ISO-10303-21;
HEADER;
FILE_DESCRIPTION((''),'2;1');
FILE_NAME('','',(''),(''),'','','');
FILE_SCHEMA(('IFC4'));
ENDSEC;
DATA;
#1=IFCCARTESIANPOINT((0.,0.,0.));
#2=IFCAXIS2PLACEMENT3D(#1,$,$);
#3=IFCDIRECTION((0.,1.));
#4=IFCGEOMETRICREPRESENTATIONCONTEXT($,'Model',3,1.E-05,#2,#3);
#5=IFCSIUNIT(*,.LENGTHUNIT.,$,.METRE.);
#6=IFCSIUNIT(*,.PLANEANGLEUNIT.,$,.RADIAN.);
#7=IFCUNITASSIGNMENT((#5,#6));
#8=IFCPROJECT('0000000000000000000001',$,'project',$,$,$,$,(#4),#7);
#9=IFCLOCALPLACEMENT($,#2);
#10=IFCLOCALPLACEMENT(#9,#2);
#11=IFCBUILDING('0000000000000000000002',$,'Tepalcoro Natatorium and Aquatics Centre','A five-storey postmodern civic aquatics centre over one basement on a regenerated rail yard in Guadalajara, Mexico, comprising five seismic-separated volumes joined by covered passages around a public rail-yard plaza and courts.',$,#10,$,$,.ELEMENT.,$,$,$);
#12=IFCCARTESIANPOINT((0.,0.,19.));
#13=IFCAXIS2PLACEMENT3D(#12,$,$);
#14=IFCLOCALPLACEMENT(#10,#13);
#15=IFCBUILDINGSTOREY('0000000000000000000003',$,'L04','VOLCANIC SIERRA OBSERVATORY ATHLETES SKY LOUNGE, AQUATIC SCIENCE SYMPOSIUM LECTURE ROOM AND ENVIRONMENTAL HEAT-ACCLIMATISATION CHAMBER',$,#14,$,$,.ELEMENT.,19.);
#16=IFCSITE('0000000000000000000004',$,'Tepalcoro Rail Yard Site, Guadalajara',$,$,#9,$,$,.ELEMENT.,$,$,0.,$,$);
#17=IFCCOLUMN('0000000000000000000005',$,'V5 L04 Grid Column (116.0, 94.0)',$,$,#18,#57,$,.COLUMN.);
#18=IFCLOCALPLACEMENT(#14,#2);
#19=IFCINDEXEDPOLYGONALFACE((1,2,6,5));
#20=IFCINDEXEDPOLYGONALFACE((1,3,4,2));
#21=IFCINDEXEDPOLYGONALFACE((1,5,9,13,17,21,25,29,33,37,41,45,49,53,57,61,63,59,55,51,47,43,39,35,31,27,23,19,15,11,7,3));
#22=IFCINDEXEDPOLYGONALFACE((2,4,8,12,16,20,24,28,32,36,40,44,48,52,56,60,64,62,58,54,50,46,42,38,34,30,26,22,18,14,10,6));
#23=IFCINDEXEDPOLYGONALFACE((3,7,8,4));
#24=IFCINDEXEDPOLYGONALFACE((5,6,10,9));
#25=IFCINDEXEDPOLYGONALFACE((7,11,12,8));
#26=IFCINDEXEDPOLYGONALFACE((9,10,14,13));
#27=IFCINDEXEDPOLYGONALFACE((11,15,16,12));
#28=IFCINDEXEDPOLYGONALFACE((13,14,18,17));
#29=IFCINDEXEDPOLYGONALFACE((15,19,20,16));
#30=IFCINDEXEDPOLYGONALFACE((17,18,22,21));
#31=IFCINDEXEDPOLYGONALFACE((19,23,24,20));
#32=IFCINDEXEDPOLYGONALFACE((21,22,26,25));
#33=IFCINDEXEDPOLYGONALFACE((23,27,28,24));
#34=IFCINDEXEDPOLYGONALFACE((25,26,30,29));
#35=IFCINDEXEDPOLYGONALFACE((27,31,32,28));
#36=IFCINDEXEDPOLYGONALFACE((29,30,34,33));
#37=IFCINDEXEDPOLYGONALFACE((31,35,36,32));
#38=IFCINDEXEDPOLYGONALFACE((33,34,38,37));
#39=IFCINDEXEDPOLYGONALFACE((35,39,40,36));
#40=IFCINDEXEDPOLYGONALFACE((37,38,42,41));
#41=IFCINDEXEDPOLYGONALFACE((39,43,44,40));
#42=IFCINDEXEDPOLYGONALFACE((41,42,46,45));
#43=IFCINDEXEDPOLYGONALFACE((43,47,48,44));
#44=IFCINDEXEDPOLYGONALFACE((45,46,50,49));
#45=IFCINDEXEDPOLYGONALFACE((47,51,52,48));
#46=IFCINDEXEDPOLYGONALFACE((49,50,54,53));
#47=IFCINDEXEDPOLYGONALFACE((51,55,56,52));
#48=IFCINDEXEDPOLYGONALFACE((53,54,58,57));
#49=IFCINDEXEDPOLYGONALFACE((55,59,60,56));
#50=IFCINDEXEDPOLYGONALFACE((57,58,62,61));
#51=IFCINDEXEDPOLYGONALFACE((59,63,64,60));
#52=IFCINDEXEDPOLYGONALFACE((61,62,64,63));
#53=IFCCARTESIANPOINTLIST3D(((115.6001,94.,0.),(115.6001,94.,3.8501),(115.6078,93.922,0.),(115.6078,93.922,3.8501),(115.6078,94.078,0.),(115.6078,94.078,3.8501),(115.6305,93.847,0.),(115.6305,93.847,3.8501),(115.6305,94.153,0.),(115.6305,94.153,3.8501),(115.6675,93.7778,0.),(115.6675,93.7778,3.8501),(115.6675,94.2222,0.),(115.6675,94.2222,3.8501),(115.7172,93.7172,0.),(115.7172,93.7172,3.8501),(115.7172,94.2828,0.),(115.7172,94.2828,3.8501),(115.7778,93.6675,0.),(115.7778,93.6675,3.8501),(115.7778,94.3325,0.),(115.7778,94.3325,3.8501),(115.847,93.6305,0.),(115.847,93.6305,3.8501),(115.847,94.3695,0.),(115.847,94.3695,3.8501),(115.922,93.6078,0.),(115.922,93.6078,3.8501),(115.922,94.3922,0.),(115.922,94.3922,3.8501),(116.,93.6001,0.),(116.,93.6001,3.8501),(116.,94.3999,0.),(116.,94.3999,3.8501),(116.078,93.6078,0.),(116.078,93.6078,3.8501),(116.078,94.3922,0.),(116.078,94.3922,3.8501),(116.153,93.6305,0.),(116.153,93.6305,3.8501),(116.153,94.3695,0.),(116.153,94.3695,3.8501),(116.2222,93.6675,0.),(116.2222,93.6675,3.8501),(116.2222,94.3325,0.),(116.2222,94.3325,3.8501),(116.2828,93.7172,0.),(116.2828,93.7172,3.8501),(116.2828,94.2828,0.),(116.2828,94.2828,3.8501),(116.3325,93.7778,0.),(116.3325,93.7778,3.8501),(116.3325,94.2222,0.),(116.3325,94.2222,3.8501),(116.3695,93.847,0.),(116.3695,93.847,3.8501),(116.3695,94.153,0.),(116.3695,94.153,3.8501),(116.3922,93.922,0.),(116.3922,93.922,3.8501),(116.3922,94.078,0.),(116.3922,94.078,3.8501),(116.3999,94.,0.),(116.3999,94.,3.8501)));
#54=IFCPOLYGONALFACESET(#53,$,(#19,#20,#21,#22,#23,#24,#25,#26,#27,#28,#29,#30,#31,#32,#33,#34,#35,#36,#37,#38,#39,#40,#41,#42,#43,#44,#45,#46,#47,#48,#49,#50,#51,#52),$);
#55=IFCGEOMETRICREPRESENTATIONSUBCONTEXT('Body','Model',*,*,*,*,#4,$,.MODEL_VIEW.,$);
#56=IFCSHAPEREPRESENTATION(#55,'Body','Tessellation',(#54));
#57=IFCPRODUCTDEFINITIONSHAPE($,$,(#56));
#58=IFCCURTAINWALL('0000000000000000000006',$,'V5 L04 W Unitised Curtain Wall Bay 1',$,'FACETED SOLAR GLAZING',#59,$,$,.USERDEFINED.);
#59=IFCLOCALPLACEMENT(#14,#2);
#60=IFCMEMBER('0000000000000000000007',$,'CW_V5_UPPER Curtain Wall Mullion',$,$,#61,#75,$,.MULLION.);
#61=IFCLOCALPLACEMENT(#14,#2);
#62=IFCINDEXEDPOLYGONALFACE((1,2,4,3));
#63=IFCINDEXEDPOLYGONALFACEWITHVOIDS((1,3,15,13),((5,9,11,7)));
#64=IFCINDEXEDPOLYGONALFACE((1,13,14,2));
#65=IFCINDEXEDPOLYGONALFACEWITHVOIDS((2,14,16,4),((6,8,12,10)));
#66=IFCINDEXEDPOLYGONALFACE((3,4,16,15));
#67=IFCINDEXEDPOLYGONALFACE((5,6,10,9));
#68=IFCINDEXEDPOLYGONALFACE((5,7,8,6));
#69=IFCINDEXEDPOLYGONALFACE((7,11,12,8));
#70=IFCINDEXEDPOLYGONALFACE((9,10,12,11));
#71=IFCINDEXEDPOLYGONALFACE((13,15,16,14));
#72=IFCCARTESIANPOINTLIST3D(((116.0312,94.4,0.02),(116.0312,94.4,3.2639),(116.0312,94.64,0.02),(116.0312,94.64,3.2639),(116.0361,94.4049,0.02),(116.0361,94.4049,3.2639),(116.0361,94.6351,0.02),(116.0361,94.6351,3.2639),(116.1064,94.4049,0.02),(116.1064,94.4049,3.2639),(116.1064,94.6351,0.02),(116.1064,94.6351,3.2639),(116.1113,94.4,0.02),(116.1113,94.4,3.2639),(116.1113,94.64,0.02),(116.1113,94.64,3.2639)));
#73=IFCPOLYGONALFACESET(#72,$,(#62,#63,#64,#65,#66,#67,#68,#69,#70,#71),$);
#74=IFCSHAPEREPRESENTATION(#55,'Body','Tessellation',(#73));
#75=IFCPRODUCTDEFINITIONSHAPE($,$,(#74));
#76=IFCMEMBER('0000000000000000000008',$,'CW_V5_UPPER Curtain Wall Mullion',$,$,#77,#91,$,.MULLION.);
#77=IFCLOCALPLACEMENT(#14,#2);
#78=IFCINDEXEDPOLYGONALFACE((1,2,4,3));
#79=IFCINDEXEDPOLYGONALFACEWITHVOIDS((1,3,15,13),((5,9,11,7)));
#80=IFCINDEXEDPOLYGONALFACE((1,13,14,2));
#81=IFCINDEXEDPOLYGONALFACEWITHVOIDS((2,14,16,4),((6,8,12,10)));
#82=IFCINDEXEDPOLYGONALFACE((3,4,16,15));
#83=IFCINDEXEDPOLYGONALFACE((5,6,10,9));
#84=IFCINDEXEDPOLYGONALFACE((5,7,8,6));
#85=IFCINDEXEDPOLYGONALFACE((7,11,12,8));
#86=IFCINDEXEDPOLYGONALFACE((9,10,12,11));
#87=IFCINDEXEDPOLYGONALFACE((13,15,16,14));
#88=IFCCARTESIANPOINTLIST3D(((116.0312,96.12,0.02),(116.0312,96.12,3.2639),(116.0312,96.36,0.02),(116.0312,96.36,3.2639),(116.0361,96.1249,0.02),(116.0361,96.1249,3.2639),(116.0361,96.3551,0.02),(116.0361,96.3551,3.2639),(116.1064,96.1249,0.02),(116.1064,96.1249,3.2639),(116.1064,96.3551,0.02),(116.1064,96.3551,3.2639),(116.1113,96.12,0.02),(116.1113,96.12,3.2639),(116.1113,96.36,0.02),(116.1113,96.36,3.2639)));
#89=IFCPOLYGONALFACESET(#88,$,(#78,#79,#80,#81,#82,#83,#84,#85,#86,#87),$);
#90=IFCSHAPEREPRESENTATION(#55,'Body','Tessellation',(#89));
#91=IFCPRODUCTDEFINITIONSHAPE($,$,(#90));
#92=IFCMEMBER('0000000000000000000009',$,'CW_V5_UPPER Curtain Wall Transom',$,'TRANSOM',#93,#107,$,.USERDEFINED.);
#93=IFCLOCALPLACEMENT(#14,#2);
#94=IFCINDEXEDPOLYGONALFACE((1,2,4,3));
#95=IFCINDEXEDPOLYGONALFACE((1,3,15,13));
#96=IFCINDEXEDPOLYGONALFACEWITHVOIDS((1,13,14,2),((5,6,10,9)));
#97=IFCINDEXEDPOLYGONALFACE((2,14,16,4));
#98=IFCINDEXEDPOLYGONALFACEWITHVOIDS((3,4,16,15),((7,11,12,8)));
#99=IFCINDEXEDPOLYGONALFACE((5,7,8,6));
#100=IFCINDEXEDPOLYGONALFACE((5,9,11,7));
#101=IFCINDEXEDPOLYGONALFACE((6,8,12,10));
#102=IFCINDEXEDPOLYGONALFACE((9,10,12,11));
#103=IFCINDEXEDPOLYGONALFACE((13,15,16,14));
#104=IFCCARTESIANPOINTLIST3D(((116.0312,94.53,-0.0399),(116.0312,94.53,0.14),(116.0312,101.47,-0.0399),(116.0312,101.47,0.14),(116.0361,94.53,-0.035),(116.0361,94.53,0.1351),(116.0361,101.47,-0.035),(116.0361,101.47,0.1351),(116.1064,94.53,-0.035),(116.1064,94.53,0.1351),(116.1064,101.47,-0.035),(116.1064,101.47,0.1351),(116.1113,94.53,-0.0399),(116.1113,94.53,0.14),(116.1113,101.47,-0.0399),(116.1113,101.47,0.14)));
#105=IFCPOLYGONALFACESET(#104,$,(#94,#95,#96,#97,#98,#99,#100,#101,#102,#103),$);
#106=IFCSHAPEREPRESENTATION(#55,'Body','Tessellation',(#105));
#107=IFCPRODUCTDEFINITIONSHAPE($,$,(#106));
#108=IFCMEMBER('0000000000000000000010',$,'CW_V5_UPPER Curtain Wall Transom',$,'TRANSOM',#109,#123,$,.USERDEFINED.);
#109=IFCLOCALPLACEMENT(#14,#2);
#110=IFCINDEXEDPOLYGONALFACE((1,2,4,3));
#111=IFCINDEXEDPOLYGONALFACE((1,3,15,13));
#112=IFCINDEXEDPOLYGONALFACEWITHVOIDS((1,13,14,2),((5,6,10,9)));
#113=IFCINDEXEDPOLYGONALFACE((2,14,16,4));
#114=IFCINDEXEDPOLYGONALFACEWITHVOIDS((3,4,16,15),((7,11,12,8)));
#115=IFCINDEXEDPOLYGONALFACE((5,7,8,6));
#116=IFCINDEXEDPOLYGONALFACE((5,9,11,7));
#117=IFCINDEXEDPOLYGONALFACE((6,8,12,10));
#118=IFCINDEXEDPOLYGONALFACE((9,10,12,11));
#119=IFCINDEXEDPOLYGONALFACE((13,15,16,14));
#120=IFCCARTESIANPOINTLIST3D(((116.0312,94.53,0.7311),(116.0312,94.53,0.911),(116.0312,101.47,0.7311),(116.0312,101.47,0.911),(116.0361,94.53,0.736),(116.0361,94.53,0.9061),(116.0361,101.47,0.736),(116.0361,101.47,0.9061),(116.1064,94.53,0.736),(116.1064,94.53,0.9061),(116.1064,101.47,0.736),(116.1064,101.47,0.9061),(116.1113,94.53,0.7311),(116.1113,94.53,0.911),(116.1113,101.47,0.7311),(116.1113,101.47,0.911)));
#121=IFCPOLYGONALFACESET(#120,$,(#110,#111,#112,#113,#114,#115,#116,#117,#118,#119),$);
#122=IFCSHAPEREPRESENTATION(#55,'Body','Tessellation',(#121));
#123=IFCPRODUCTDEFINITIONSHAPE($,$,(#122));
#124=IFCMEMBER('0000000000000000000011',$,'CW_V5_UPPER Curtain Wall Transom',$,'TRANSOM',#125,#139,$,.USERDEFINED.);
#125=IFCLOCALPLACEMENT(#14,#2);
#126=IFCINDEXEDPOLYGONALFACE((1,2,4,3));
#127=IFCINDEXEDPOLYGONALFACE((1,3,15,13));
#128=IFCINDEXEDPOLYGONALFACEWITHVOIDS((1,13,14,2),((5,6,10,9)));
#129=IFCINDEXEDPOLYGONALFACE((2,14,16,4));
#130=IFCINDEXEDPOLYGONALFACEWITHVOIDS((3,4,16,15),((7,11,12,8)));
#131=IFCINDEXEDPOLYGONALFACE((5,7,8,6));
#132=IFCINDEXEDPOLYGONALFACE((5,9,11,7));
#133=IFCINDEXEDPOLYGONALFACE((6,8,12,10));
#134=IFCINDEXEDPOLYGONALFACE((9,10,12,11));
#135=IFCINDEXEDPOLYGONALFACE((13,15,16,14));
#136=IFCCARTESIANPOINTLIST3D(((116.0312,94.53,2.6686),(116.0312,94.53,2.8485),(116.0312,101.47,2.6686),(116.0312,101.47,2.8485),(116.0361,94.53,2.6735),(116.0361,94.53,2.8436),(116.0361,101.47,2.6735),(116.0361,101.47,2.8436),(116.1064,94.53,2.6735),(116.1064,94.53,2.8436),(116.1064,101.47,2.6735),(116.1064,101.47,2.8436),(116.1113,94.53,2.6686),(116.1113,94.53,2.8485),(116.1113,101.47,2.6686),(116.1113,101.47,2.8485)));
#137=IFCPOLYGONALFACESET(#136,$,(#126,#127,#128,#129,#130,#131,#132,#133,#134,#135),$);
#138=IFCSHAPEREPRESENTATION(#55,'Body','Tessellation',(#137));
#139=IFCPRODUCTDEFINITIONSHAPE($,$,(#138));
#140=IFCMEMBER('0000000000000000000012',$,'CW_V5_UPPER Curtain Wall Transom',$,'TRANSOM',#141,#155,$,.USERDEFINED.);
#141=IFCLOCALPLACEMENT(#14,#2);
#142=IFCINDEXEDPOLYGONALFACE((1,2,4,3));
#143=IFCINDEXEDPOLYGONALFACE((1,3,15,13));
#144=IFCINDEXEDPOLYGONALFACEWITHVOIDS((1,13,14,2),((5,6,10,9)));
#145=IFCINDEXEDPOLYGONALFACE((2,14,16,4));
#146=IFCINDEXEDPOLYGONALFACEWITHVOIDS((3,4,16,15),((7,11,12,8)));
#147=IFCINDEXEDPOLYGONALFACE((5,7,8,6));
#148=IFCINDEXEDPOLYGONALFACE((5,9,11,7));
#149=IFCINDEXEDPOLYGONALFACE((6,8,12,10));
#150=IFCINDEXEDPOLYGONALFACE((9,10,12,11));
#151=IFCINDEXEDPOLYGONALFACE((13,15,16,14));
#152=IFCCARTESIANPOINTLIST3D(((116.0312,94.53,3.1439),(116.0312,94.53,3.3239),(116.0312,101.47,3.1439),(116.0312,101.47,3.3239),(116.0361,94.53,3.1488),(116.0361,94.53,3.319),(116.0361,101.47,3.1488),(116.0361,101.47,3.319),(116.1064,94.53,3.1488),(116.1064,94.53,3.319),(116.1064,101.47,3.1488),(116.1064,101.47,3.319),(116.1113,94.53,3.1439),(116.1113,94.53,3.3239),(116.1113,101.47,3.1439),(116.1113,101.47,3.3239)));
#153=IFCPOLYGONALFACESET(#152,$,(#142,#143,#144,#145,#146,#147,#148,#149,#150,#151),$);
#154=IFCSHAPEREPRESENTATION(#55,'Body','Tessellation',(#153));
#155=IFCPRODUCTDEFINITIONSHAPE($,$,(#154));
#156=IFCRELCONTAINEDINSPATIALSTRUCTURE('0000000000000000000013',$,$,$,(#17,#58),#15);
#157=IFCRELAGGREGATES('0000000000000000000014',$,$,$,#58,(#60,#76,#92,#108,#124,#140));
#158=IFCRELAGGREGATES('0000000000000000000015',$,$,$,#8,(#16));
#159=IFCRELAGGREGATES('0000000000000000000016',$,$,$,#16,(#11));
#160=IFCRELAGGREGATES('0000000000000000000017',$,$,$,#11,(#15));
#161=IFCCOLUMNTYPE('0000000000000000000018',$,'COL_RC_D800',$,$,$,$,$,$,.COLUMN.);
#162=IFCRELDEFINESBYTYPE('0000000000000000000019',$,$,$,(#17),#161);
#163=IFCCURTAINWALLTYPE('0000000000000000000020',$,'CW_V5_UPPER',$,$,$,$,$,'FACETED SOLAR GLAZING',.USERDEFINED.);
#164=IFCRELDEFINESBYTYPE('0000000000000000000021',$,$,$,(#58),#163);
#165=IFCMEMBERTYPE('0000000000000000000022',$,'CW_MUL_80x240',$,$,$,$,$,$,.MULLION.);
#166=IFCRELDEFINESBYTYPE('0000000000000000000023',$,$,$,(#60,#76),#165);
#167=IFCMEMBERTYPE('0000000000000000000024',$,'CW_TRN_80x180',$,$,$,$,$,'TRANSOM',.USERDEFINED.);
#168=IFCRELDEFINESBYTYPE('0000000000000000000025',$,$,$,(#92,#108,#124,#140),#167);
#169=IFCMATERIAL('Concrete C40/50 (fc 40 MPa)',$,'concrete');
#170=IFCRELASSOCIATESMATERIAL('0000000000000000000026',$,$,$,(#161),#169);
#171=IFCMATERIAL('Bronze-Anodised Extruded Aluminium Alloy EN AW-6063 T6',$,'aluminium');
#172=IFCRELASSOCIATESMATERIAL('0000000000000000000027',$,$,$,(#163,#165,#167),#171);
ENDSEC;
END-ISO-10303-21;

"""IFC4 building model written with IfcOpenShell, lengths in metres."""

from ifc_helpers import new_model, si_unit, direction, frame, origin, origin_2d, place, context, subcontext, project, spatial, hollow_rectangle, circle, extrude, material, material_profile, profile_set, type_object, element, aggregate, save


model = new_model("IFC4")

# Units and contexts
model_context = context("Model", 3, precision=1e-05, world=origin(), true_north=direction((0.0, 1.0)))
body_context = subcontext(model_context, "Body", "Model", "MODEL_VIEW")
ifc_project = project(units=[si_unit("LENGTHUNIT", "METRE"), si_unit("PLANEANGLEUNIT", "RADIAN")], contexts=[model_context])

# Site, building, storey
site_placement = place(None, origin())
site = spatial("IfcSite", under=ifc_project, at=site_placement, Name="Tepalcoro Rail Yard Site, Guadalajara", CompositionType="ELEMENT", RefElevation=0.0)
building_placement = place(site_placement, origin())
building = spatial("IfcBuilding", under=site, at=building_placement, Name="Tepalcoro Natatorium and Aquatics Centre", Description="A five-storey postmodern civic aquatics centre over one basement on a regenerated rail yard in Guadalajara, Mexico, comprising five seismic-separated volumes joined by covered passages around a public rail-yard plaza and courts.", CompositionType="ELEMENT")
storey_placement = place(building_placement, frame((0.0, 0.0, 19.0)))
storey = spatial("IfcBuildingStorey", under=building, at=storey_placement, Name="L04", Description="VOLCANIC SIERRA OBSERVATORY ATHLETES SKY LOUNGE, AQUATIC SCIENCE SYMPOSIUM LECTURE ROOM AND ENVIRONMENTAL HEAT-ACCLIMATISATION CHAMBER", CompositionType="ELEMENT", Elevation=19.0)

# Column
ifc_material_1 = material(Name="Concrete C40/50 (fc 40 MPa)", Category="concrete")
ifc_material_profile_1 = material_profile(ifc_material_1, circle(Radius=0.3999, at=origin_2d()), Name="RCD800")
ifc_profile_set_1 = profile_set([ifc_material_profile_1], Name="Concrete C40/50 (fc 40 MPa)")
column_type = type_object("IfcColumnType", Name="COL_RC_D800", PredefinedType="COLUMN", material=ifc_profile_set_1)
column_placement = place(storey_placement, frame((116.0, 94.0, 0.0), z_axis=(0.0, 0.0, 1.0), x_axis=(1.0, 0.0, 0.0)))
element("IfcColumn", 1, at=column_placement, inside=storey, type_object=column_type, Name="V5 L04 Grid Column (116.0, 94.0)", PredefinedType="COLUMN", context=body_context, shape_type="SweptSolid", body=[
    extrude(circle(Radius=0.3999, at=origin_2d()), origin(), (0.0, 0.0, 1.0), 3.8501),
])

# Curtain wall, members
ifc_material_2 = material(Name="Bronze-Anodised Extruded Aluminium Alloy EN AW-6063 T6", Category="aluminium")
curtain_wall_type = type_object("IfcCurtainWallType", Name="CW_V5_UPPER", ElementType="FACETED SOLAR GLAZING", PredefinedType="USERDEFINED", material=ifc_material_2)
curtain_wall_placement = place(storey_placement, origin())
curtain_wall = element("IfcCurtainWall", 2, at=curtain_wall_placement, inside=storey, type_object=curtain_wall_type, Name="V5 L04 W Unitised Curtain Wall Bay 1", ObjectType="FACETED SOLAR GLAZING", PredefinedType="USERDEFINED")
ifc_material_profile_2 = material_profile(ifc_material_2, hollow_rectangle(XDim=0.0801, YDim=0.24, WallThickness=0.0049, at=origin_2d()), Name="AL80X240X5")
ifc_profile_set_2 = profile_set([ifc_material_profile_2], Name="Bronze-Anodised Extruded Aluminium Alloy EN AW-6063 T6")
member_type_1 = type_object("IfcMemberType", Name="CW_MUL_80x240", PredefinedType="MULLION", material=ifc_profile_set_2)
member_1_placement = place(storey_placement, frame((116.0713, 94.52, 0.02), z_axis=(0.0, 0.0, 1.0), x_axis=(1.0, 0.0, 0.0)))
member_1 = element("IfcMember", 3, at=member_1_placement, type_object=member_type_1, Name="CW_V5_UPPER Curtain Wall Mullion", PredefinedType="MULLION", context=body_context, shape_type="SweptSolid", body=[
    extrude(hollow_rectangle(XDim=0.0801, YDim=0.24, WallThickness=0.0049, at=origin_2d()), origin(), (0.0, 0.0, 1.0), 3.2439),
])
member_2_placement = place(storey_placement, frame((116.0713, 96.24, 0.02), z_axis=(0.0, 0.0, 1.0), x_axis=(1.0, 0.0, 0.0)))
member_2 = element("IfcMember", 4, at=member_2_placement, type_object=member_type_1, Name="CW_V5_UPPER Curtain Wall Mullion", PredefinedType="MULLION", context=body_context, shape_type="SweptSolid", body=[
    extrude(hollow_rectangle(XDim=0.0801, YDim=0.24, WallThickness=0.0049, at=origin_2d()), origin(), (0.0, 0.0, 1.0), 3.2439),
])
ifc_material_profile_3 = material_profile(ifc_material_2, hollow_rectangle(XDim=0.0801, YDim=0.1799, WallThickness=0.0049, at=origin_2d()), Name="AL80X180X5")
ifc_profile_set_3 = profile_set([ifc_material_profile_3], Name="Bronze-Anodised Extruded Aluminium Alloy EN AW-6063 T6")
member_type_2 = type_object("IfcMemberType", Name="CW_TRN_80x180", ElementType="TRANSOM", PredefinedType="USERDEFINED", material=ifc_profile_set_3)
member_3_placement = place(storey_placement, frame((116.0713, 94.53, 0.05), z_axis=(0.0, 1.0, 0.0), x_axis=(-1.0, 0.0, 0.0)))
member_3 = element("IfcMember", 5, at=member_3_placement, type_object=member_type_2, Name="CW_V5_UPPER Curtain Wall Transom", ObjectType="TRANSOM", PredefinedType="USERDEFINED", context=body_context, shape_type="SweptSolid", body=[
    extrude(hollow_rectangle(XDim=0.0801, YDim=0.1799, WallThickness=0.0049, at=origin_2d()), origin(), (0.0, 0.0, 1.0), 6.9399),
])
member_4_placement = place(storey_placement, frame((116.0713, 94.53, 0.821), z_axis=(0.0, 1.0, 0.0), x_axis=(-1.0, 0.0, 0.0)))
member_4 = element("IfcMember", 6, at=member_4_placement, type_object=member_type_2, Name="CW_V5_UPPER Curtain Wall Transom", ObjectType="TRANSOM", PredefinedType="USERDEFINED", context=body_context, shape_type="SweptSolid", body=[
    extrude(hollow_rectangle(XDim=0.0801, YDim=0.1799, WallThickness=0.0049, at=origin_2d()), origin(), (0.0, 0.0, 1.0), 6.9399),
])
member_5_placement = place(storey_placement, frame((116.0713, 94.53, 2.7585), z_axis=(0.0, 1.0, 0.0), x_axis=(-1.0, 0.0, 0.0)))
member_5 = element("IfcMember", 7, at=member_5_placement, type_object=member_type_2, Name="CW_V5_UPPER Curtain Wall Transom", ObjectType="TRANSOM", PredefinedType="USERDEFINED", context=body_context, shape_type="SweptSolid", body=[
    extrude(hollow_rectangle(XDim=0.0801, YDim=0.1799, WallThickness=0.0049, at=origin_2d()), origin(), (0.0, 0.0, 1.0), 6.9399),
])
member_6_placement = place(storey_placement, frame((116.0713, 94.53, 3.2339), z_axis=(0.0, 1.0, 0.0), x_axis=(-1.0, 0.0, 0.0)))
member_6 = element("IfcMember", 8, at=member_6_placement, type_object=member_type_2, Name="CW_V5_UPPER Curtain Wall Transom", ObjectType="TRANSOM", PredefinedType="USERDEFINED", context=body_context, shape_type="SweptSolid", body=[
    extrude(hollow_rectangle(XDim=0.0801, YDim=0.1799, WallThickness=0.0049, at=origin_2d()), origin(), (0.0, 0.0, 1.0), 6.9399),
])

aggregate(curtain_wall, [member_1, member_2, member_3, member_4, member_5, member_6])

save(model, "model.ifc")
